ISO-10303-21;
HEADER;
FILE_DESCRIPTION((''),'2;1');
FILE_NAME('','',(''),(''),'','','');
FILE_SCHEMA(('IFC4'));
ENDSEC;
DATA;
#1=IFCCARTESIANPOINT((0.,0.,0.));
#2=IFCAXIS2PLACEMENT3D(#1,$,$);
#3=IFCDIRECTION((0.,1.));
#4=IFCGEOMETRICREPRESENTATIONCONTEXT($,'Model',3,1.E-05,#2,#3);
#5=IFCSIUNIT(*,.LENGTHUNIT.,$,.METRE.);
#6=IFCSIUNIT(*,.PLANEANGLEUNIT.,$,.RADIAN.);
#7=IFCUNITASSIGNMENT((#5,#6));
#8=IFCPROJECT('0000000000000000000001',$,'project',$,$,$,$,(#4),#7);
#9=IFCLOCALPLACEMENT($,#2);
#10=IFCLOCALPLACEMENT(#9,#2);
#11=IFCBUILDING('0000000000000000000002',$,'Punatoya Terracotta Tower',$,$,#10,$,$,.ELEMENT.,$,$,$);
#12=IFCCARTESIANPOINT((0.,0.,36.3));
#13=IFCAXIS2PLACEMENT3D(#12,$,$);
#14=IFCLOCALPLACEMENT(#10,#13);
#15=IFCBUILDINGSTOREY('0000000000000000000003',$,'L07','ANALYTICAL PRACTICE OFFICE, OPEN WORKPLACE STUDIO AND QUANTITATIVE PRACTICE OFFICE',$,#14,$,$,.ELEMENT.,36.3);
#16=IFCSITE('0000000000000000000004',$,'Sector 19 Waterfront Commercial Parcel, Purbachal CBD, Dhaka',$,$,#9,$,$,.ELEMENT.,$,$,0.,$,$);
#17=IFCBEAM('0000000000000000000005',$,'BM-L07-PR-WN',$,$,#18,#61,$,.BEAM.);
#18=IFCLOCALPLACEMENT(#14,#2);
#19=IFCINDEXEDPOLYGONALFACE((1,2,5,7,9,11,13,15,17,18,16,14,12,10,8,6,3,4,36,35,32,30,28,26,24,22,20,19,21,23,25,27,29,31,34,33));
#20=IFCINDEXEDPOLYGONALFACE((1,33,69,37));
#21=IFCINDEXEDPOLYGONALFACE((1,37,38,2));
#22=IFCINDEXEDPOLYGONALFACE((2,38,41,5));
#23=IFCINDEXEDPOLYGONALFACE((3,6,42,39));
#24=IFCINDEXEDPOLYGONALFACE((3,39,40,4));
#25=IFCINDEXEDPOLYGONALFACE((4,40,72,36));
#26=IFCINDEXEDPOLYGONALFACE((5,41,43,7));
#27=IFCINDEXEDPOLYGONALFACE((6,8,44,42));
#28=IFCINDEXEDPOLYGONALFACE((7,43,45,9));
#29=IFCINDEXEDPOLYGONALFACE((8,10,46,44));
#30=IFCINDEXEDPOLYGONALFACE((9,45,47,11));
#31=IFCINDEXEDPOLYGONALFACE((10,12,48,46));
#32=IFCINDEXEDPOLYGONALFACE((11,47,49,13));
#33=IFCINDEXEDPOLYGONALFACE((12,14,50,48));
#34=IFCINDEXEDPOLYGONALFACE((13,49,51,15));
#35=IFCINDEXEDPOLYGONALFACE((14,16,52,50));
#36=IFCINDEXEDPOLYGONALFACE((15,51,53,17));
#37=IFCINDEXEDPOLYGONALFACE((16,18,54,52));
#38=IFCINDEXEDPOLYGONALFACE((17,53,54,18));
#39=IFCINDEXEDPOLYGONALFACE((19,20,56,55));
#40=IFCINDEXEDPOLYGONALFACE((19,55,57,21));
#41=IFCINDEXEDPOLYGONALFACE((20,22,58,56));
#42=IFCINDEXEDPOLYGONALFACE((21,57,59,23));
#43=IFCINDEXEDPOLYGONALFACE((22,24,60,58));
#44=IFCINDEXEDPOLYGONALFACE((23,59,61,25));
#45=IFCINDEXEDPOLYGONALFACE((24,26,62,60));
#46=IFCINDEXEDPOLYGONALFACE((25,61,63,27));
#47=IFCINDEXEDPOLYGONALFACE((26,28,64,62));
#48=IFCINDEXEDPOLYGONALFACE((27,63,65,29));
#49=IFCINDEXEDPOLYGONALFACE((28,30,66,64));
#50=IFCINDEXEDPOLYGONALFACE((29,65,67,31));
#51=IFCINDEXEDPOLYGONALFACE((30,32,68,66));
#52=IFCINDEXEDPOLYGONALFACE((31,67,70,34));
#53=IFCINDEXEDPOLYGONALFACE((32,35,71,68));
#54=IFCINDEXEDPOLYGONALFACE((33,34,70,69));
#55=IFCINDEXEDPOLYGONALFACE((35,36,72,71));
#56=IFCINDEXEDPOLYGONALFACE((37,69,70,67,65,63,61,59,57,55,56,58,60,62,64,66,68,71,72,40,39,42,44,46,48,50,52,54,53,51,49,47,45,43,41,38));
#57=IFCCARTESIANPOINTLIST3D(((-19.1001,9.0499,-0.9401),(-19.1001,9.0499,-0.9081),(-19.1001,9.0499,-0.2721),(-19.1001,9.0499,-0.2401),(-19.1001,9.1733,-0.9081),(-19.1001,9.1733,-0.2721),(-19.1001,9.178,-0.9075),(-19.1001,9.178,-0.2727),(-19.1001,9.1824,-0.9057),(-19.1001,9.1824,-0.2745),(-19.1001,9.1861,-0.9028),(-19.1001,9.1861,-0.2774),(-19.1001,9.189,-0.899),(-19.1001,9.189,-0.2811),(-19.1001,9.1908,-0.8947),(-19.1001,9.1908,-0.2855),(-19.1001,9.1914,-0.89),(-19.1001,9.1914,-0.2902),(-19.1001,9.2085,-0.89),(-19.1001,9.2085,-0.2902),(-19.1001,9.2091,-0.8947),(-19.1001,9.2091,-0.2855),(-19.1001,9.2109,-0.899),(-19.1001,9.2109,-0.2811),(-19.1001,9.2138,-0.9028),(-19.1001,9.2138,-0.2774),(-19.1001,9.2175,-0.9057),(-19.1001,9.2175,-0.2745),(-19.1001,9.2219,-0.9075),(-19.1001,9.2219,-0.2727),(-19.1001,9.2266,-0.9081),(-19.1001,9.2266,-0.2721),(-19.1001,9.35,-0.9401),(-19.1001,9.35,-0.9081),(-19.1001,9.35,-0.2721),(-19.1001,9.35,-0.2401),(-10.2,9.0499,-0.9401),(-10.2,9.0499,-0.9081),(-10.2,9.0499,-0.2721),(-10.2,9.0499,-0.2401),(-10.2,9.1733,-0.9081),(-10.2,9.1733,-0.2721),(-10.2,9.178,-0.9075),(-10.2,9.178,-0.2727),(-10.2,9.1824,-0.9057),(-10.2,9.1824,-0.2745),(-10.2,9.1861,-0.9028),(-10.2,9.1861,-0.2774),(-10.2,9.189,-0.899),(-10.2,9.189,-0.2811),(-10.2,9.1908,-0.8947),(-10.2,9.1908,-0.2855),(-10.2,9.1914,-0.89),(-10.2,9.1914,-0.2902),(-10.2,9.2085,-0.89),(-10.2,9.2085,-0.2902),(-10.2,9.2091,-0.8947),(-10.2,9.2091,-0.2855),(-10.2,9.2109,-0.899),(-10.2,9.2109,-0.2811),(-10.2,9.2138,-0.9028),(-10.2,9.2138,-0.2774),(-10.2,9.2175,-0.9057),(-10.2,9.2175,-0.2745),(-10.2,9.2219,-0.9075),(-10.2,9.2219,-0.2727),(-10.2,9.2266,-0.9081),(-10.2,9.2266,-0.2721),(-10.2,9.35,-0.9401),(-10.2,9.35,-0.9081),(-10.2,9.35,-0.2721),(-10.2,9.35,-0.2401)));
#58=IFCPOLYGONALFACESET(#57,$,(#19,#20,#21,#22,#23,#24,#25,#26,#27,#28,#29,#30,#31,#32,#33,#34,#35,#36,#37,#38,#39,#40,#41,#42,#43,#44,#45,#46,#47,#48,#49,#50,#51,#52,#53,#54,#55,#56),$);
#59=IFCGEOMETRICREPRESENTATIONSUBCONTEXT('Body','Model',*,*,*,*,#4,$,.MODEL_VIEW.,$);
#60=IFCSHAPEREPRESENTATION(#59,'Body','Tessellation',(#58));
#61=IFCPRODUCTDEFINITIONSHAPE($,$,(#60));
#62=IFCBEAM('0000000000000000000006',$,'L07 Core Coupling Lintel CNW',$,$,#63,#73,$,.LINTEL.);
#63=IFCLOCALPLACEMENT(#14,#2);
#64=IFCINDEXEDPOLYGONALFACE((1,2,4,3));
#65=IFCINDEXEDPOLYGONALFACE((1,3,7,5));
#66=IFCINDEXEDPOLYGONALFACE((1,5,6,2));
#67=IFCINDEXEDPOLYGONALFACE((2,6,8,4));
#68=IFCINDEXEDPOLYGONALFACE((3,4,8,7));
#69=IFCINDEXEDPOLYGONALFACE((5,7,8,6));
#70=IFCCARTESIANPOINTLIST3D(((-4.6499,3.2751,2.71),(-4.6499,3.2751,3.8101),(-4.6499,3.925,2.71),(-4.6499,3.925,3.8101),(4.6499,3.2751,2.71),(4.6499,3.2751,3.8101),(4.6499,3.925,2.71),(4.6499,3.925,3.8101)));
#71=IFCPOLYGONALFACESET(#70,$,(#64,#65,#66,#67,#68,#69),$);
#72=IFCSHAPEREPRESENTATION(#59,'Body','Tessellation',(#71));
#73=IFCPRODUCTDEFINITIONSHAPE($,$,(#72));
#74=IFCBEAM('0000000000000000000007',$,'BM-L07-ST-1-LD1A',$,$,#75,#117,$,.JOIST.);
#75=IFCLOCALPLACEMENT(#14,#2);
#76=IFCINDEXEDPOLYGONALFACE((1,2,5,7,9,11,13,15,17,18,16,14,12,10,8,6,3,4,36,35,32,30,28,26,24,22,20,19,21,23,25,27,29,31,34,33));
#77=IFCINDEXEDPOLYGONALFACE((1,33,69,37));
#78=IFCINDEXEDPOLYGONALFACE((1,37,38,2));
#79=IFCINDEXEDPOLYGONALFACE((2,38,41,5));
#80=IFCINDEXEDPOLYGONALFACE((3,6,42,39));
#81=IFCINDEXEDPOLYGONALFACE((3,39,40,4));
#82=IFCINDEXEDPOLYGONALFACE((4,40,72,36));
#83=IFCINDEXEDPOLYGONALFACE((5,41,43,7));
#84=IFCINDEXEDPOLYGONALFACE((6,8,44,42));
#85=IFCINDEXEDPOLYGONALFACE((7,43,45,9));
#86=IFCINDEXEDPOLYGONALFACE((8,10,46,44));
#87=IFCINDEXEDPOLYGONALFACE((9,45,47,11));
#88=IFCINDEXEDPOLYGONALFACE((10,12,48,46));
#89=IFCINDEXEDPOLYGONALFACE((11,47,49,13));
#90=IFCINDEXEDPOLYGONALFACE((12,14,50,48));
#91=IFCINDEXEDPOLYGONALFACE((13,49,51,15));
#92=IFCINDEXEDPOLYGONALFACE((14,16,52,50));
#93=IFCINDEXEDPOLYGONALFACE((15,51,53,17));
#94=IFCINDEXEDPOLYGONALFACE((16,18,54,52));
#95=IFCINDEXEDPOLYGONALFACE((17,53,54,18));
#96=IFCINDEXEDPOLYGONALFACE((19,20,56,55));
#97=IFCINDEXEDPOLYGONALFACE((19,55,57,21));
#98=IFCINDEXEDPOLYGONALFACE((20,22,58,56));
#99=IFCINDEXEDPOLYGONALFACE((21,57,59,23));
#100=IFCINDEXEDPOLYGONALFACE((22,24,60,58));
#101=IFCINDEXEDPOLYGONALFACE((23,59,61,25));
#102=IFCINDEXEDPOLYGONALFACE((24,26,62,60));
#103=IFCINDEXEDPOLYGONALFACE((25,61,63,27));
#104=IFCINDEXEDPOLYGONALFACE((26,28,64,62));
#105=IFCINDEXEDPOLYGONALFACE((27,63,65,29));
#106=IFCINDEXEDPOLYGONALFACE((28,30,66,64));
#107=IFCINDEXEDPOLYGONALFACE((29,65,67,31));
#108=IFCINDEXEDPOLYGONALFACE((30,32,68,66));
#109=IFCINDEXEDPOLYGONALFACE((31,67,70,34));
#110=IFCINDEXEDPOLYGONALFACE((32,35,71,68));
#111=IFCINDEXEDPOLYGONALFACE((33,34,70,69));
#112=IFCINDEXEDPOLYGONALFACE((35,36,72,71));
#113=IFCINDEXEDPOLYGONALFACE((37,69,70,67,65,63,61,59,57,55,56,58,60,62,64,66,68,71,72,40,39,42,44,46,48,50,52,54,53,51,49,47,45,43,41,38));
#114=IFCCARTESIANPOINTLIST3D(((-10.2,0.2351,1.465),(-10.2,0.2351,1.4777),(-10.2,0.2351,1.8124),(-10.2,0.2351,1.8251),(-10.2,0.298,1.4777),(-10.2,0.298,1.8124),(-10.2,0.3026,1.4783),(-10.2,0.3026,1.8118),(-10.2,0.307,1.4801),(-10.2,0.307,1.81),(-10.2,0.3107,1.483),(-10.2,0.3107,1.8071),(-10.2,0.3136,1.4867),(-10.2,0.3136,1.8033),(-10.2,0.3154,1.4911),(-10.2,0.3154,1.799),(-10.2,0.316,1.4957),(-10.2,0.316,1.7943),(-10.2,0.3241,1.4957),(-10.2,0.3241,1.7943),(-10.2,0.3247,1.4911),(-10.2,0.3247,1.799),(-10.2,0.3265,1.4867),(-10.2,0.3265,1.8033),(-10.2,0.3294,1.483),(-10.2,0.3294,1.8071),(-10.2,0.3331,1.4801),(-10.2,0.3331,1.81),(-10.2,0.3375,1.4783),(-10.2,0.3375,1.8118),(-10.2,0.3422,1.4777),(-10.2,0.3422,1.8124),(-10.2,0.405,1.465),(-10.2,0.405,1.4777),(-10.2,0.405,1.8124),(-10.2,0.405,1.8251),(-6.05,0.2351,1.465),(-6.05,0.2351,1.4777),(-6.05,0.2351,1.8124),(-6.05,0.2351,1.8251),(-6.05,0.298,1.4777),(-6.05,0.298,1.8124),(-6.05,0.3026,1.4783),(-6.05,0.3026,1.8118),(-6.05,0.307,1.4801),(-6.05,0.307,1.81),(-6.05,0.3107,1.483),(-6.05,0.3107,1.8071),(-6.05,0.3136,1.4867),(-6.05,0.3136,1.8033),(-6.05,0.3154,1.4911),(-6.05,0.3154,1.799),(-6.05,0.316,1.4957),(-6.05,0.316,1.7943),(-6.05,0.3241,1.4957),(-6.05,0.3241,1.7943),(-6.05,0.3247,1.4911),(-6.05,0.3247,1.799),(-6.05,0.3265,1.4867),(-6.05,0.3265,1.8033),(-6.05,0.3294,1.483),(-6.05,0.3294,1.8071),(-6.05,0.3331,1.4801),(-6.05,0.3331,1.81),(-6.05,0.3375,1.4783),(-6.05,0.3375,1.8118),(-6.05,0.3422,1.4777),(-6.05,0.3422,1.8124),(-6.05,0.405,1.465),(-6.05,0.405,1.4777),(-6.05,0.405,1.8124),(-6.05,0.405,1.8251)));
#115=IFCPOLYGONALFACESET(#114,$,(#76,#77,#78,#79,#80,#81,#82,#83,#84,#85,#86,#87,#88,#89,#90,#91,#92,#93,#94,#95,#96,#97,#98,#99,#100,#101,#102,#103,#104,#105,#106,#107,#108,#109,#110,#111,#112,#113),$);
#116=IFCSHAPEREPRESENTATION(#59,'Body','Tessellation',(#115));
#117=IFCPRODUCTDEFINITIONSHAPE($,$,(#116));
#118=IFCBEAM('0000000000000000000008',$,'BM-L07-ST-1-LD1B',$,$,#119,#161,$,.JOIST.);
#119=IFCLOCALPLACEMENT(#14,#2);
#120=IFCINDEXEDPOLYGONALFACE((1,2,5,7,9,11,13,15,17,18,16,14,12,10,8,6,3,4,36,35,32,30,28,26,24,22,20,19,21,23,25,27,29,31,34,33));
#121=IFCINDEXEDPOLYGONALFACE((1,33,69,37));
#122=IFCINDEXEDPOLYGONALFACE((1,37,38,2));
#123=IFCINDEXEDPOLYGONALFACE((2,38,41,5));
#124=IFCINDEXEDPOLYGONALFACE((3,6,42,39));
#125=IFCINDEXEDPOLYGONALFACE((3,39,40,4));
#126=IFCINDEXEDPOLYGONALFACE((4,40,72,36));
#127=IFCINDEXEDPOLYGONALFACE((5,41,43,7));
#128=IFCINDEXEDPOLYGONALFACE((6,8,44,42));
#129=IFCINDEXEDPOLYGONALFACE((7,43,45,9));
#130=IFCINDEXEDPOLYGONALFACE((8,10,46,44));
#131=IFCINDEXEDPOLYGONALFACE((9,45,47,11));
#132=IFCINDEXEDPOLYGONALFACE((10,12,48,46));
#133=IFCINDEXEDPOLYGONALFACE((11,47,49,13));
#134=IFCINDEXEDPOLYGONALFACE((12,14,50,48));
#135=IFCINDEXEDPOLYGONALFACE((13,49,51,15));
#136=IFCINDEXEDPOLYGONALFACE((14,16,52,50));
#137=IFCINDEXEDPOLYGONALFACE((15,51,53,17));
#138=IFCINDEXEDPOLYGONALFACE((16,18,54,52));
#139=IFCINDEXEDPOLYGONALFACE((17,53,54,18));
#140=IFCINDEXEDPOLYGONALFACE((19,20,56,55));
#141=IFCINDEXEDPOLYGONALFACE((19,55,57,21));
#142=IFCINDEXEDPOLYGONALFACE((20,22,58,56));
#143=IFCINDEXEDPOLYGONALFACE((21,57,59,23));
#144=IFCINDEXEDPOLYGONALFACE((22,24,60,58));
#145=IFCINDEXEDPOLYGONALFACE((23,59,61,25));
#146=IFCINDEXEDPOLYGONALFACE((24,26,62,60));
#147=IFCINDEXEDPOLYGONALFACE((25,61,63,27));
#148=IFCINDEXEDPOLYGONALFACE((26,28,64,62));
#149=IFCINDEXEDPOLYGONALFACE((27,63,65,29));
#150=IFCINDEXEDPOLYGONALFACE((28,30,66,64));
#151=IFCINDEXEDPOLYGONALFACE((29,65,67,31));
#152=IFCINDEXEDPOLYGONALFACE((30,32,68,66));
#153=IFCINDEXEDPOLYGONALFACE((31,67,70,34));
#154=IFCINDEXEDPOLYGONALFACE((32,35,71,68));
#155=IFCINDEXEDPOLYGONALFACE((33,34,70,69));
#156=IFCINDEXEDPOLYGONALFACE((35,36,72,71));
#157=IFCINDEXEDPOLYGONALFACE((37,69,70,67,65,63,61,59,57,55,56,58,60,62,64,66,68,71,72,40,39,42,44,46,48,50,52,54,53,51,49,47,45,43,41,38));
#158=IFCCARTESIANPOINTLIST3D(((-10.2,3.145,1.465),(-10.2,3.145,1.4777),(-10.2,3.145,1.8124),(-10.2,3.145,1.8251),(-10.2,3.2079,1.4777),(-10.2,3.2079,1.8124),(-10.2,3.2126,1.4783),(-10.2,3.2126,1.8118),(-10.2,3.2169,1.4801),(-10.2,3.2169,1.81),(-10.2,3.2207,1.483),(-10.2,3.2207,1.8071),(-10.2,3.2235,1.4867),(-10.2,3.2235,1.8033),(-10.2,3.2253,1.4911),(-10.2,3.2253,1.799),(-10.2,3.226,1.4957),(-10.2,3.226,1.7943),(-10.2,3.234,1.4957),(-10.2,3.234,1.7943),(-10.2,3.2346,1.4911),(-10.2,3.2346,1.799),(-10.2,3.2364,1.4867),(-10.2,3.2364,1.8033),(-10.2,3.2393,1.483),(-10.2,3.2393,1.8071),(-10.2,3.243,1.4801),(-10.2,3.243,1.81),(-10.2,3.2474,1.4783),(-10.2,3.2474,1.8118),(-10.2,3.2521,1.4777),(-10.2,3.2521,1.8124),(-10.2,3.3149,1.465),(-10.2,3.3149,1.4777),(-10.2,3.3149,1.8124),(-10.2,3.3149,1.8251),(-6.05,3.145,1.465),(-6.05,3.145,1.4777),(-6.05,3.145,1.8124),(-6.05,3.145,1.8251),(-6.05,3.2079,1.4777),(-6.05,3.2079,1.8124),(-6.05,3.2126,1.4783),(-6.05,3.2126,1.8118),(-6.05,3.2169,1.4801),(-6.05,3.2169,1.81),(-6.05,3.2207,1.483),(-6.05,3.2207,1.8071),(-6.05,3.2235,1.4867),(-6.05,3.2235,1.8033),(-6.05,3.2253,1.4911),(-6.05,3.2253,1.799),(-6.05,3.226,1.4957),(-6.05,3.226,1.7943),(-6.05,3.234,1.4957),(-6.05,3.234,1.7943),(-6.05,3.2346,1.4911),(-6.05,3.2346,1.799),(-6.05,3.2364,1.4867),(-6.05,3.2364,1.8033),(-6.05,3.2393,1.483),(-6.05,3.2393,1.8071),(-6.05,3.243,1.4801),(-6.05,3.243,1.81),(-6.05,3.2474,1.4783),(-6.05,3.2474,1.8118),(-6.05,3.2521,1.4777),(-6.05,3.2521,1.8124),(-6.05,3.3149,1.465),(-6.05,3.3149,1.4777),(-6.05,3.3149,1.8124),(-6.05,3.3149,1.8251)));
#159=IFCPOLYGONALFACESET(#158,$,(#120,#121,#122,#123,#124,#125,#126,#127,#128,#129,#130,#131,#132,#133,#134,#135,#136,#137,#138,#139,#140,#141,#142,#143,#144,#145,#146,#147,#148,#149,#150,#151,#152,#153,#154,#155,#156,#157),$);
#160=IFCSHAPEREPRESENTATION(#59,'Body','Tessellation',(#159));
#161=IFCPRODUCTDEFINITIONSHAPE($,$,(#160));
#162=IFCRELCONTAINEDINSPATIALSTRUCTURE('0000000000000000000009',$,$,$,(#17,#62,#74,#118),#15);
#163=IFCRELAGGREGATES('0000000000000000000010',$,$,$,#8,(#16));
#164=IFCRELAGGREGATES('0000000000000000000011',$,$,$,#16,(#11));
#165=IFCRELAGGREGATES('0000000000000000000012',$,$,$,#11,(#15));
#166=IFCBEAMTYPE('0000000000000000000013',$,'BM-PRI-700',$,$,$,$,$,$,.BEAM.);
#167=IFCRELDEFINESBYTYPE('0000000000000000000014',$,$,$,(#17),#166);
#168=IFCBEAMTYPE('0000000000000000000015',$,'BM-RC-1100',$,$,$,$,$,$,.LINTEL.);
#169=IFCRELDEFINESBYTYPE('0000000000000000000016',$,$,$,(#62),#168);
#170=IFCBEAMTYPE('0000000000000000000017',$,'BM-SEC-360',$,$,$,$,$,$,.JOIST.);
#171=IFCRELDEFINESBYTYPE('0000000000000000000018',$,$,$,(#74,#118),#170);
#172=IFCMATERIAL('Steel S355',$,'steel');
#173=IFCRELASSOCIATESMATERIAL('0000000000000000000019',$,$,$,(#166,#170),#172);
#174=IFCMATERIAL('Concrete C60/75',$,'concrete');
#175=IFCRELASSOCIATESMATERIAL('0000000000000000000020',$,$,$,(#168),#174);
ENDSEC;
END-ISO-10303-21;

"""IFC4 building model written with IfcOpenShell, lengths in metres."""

from ifc_helpers import new_model, si_unit, direction, frame, origin, origin_2d, place, context, subcontext, project, spatial, rectangle, i_section, extrude, material, material_profile, profile_set, type_object, element, save


model = new_model("IFC4")

# Units and contexts
model_context = context("Model", 3, precision=1e-05, world=origin(), true_north=direction((0.0, 1.0)))
body_context = subcontext(model_context, "Body", "Model", "MODEL_VIEW")
ifc_project = project(units=[si_unit("LENGTHUNIT", "METRE"), si_unit("PLANEANGLEUNIT", "RADIAN")], contexts=[model_context])

# Site, building, storey
site_placement = place(None, origin())
site = spatial("IfcSite", under=ifc_project, at=site_placement, Name="Sector 19 Waterfront Commercial Parcel, Purbachal CBD, Dhaka", CompositionType="ELEMENT", RefElevation=0.0)
building_placement = place(site_placement, origin())
building = spatial("IfcBuilding", under=site, at=building_placement, Name="Punatoya Terracotta Tower", CompositionType="ELEMENT")
storey_placement = place(building_placement, frame((0.0, 0.0, 36.3)))
storey = spatial("IfcBuildingStorey", under=building, at=storey_placement, Name="L07", Description="ANALYTICAL PRACTICE OFFICE, OPEN WORKPLACE STUDIO AND QUANTITATIVE PRACTICE OFFICE", CompositionType="ELEMENT", Elevation=36.3)

# Beams
ifc_material_1 = material(Name="Steel S355", Category="steel")
ifc_material_profile_1 = material_profile(ifc_material_1, i_section(OverallWidth=0.3, OverallDepth=0.7, WebThickness=0.0171, FlangeThickness=0.032, FilletRadius=0.0181, at=origin_2d()))
ifc_profile_set_1 = profile_set([ifc_material_profile_1], Name="Steel S355")
beam_type_1 = type_object("IfcBeamType", Name="BM-PRI-700", PredefinedType="BEAM", material=ifc_profile_set_1)
for number, where, z_axis, x_axis, name in (
    (1, (-19.1001, 9.2, -0.5901), (1.0, 0.0, 0.0), (0.0, 1.0, 0.0), "BM-L07-PR-WN"),
):
    element("IfcBeam", number, at=place(storey_placement, frame(where, z_axis=z_axis, x_axis=x_axis)), inside=storey, type_object=beam_type_1, Name=name, PredefinedType="BEAM", context=body_context, shape_type="SweptSolid", body=[
        extrude(i_section(OverallWidth=0.3, OverallDepth=0.7, WebThickness=0.0171, FlangeThickness=0.032, FilletRadius=0.0181, at=origin_2d()), origin(), (0.0, 0.0, 1.0), 8.9001),
    ])
ifc_material_2 = material(Name="Concrete C60/75", Category="concrete")
ifc_material_profile_2 = material_profile(ifc_material_2, rectangle(XDim=0.6499, YDim=1.1001, at=origin_2d()))
ifc_profile_set_2 = profile_set([ifc_material_profile_2], Name="Concrete C60/75")
beam_type_2 = type_object("IfcBeamType", Name="BM-RC-1100", PredefinedType="LINTEL", material=ifc_profile_set_2)
beam_1_placement = place(storey_placement, frame((-4.6499, 3.6001, 3.26), z_axis=(1.0, 0.0, 0.0), x_axis=(0.0, 1.0, 0.0)))
element("IfcBeam", 2, at=beam_1_placement, inside=storey, type_object=beam_type_2, Name="L07 Core Coupling Lintel CNW", PredefinedType="LINTEL", context=body_context, shape_type="SweptSolid", body=[
    extrude(rectangle(XDim=0.6499, YDim=1.1001, at=origin_2d()), origin(), (0.0, 0.0, 1.0), 9.2998),
])
ifc_material_profile_3 = material_profile(ifc_material_1, i_section(OverallWidth=0.1699, OverallDepth=0.3601, WebThickness=0.0081, FlangeThickness=0.0127, FilletRadius=0.0181, at=origin_2d()))
ifc_profile_set_3 = profile_set([ifc_material_profile_3], Name="Steel S355")
beam_type_3 = type_object("IfcBeamType", Name="BM-SEC-360", PredefinedType="JOIST", material=ifc_profile_set_3)
for number, where, z_axis, x_axis, name in (
    (3, (-10.2, 0.3201, 1.645), (1.0, 0.0, 0.0), (0.0, 1.0, 0.0), "BM-L07-ST-1-LD1A"),
    (4, (-10.2, 3.23, 1.645), (1.0, 0.0, 0.0), (0.0, 1.0, 0.0), "BM-L07-ST-1-LD1B"),
):
    element("IfcBeam", number, at=place(storey_placement, frame(where, z_axis=z_axis, x_axis=x_axis)), inside=storey, type_object=beam_type_3, Name=name, PredefinedType="JOIST", context=body_context, shape_type="SweptSolid", body=[
        extrude(i_section(OverallWidth=0.1699, OverallDepth=0.3601, WebThickness=0.0081, FlangeThickness=0.0127, FilletRadius=0.0181, at=origin_2d()), origin(), (0.0, 0.0, 1.0), 4.1499),
    ])

save(model, "model.ifc")
